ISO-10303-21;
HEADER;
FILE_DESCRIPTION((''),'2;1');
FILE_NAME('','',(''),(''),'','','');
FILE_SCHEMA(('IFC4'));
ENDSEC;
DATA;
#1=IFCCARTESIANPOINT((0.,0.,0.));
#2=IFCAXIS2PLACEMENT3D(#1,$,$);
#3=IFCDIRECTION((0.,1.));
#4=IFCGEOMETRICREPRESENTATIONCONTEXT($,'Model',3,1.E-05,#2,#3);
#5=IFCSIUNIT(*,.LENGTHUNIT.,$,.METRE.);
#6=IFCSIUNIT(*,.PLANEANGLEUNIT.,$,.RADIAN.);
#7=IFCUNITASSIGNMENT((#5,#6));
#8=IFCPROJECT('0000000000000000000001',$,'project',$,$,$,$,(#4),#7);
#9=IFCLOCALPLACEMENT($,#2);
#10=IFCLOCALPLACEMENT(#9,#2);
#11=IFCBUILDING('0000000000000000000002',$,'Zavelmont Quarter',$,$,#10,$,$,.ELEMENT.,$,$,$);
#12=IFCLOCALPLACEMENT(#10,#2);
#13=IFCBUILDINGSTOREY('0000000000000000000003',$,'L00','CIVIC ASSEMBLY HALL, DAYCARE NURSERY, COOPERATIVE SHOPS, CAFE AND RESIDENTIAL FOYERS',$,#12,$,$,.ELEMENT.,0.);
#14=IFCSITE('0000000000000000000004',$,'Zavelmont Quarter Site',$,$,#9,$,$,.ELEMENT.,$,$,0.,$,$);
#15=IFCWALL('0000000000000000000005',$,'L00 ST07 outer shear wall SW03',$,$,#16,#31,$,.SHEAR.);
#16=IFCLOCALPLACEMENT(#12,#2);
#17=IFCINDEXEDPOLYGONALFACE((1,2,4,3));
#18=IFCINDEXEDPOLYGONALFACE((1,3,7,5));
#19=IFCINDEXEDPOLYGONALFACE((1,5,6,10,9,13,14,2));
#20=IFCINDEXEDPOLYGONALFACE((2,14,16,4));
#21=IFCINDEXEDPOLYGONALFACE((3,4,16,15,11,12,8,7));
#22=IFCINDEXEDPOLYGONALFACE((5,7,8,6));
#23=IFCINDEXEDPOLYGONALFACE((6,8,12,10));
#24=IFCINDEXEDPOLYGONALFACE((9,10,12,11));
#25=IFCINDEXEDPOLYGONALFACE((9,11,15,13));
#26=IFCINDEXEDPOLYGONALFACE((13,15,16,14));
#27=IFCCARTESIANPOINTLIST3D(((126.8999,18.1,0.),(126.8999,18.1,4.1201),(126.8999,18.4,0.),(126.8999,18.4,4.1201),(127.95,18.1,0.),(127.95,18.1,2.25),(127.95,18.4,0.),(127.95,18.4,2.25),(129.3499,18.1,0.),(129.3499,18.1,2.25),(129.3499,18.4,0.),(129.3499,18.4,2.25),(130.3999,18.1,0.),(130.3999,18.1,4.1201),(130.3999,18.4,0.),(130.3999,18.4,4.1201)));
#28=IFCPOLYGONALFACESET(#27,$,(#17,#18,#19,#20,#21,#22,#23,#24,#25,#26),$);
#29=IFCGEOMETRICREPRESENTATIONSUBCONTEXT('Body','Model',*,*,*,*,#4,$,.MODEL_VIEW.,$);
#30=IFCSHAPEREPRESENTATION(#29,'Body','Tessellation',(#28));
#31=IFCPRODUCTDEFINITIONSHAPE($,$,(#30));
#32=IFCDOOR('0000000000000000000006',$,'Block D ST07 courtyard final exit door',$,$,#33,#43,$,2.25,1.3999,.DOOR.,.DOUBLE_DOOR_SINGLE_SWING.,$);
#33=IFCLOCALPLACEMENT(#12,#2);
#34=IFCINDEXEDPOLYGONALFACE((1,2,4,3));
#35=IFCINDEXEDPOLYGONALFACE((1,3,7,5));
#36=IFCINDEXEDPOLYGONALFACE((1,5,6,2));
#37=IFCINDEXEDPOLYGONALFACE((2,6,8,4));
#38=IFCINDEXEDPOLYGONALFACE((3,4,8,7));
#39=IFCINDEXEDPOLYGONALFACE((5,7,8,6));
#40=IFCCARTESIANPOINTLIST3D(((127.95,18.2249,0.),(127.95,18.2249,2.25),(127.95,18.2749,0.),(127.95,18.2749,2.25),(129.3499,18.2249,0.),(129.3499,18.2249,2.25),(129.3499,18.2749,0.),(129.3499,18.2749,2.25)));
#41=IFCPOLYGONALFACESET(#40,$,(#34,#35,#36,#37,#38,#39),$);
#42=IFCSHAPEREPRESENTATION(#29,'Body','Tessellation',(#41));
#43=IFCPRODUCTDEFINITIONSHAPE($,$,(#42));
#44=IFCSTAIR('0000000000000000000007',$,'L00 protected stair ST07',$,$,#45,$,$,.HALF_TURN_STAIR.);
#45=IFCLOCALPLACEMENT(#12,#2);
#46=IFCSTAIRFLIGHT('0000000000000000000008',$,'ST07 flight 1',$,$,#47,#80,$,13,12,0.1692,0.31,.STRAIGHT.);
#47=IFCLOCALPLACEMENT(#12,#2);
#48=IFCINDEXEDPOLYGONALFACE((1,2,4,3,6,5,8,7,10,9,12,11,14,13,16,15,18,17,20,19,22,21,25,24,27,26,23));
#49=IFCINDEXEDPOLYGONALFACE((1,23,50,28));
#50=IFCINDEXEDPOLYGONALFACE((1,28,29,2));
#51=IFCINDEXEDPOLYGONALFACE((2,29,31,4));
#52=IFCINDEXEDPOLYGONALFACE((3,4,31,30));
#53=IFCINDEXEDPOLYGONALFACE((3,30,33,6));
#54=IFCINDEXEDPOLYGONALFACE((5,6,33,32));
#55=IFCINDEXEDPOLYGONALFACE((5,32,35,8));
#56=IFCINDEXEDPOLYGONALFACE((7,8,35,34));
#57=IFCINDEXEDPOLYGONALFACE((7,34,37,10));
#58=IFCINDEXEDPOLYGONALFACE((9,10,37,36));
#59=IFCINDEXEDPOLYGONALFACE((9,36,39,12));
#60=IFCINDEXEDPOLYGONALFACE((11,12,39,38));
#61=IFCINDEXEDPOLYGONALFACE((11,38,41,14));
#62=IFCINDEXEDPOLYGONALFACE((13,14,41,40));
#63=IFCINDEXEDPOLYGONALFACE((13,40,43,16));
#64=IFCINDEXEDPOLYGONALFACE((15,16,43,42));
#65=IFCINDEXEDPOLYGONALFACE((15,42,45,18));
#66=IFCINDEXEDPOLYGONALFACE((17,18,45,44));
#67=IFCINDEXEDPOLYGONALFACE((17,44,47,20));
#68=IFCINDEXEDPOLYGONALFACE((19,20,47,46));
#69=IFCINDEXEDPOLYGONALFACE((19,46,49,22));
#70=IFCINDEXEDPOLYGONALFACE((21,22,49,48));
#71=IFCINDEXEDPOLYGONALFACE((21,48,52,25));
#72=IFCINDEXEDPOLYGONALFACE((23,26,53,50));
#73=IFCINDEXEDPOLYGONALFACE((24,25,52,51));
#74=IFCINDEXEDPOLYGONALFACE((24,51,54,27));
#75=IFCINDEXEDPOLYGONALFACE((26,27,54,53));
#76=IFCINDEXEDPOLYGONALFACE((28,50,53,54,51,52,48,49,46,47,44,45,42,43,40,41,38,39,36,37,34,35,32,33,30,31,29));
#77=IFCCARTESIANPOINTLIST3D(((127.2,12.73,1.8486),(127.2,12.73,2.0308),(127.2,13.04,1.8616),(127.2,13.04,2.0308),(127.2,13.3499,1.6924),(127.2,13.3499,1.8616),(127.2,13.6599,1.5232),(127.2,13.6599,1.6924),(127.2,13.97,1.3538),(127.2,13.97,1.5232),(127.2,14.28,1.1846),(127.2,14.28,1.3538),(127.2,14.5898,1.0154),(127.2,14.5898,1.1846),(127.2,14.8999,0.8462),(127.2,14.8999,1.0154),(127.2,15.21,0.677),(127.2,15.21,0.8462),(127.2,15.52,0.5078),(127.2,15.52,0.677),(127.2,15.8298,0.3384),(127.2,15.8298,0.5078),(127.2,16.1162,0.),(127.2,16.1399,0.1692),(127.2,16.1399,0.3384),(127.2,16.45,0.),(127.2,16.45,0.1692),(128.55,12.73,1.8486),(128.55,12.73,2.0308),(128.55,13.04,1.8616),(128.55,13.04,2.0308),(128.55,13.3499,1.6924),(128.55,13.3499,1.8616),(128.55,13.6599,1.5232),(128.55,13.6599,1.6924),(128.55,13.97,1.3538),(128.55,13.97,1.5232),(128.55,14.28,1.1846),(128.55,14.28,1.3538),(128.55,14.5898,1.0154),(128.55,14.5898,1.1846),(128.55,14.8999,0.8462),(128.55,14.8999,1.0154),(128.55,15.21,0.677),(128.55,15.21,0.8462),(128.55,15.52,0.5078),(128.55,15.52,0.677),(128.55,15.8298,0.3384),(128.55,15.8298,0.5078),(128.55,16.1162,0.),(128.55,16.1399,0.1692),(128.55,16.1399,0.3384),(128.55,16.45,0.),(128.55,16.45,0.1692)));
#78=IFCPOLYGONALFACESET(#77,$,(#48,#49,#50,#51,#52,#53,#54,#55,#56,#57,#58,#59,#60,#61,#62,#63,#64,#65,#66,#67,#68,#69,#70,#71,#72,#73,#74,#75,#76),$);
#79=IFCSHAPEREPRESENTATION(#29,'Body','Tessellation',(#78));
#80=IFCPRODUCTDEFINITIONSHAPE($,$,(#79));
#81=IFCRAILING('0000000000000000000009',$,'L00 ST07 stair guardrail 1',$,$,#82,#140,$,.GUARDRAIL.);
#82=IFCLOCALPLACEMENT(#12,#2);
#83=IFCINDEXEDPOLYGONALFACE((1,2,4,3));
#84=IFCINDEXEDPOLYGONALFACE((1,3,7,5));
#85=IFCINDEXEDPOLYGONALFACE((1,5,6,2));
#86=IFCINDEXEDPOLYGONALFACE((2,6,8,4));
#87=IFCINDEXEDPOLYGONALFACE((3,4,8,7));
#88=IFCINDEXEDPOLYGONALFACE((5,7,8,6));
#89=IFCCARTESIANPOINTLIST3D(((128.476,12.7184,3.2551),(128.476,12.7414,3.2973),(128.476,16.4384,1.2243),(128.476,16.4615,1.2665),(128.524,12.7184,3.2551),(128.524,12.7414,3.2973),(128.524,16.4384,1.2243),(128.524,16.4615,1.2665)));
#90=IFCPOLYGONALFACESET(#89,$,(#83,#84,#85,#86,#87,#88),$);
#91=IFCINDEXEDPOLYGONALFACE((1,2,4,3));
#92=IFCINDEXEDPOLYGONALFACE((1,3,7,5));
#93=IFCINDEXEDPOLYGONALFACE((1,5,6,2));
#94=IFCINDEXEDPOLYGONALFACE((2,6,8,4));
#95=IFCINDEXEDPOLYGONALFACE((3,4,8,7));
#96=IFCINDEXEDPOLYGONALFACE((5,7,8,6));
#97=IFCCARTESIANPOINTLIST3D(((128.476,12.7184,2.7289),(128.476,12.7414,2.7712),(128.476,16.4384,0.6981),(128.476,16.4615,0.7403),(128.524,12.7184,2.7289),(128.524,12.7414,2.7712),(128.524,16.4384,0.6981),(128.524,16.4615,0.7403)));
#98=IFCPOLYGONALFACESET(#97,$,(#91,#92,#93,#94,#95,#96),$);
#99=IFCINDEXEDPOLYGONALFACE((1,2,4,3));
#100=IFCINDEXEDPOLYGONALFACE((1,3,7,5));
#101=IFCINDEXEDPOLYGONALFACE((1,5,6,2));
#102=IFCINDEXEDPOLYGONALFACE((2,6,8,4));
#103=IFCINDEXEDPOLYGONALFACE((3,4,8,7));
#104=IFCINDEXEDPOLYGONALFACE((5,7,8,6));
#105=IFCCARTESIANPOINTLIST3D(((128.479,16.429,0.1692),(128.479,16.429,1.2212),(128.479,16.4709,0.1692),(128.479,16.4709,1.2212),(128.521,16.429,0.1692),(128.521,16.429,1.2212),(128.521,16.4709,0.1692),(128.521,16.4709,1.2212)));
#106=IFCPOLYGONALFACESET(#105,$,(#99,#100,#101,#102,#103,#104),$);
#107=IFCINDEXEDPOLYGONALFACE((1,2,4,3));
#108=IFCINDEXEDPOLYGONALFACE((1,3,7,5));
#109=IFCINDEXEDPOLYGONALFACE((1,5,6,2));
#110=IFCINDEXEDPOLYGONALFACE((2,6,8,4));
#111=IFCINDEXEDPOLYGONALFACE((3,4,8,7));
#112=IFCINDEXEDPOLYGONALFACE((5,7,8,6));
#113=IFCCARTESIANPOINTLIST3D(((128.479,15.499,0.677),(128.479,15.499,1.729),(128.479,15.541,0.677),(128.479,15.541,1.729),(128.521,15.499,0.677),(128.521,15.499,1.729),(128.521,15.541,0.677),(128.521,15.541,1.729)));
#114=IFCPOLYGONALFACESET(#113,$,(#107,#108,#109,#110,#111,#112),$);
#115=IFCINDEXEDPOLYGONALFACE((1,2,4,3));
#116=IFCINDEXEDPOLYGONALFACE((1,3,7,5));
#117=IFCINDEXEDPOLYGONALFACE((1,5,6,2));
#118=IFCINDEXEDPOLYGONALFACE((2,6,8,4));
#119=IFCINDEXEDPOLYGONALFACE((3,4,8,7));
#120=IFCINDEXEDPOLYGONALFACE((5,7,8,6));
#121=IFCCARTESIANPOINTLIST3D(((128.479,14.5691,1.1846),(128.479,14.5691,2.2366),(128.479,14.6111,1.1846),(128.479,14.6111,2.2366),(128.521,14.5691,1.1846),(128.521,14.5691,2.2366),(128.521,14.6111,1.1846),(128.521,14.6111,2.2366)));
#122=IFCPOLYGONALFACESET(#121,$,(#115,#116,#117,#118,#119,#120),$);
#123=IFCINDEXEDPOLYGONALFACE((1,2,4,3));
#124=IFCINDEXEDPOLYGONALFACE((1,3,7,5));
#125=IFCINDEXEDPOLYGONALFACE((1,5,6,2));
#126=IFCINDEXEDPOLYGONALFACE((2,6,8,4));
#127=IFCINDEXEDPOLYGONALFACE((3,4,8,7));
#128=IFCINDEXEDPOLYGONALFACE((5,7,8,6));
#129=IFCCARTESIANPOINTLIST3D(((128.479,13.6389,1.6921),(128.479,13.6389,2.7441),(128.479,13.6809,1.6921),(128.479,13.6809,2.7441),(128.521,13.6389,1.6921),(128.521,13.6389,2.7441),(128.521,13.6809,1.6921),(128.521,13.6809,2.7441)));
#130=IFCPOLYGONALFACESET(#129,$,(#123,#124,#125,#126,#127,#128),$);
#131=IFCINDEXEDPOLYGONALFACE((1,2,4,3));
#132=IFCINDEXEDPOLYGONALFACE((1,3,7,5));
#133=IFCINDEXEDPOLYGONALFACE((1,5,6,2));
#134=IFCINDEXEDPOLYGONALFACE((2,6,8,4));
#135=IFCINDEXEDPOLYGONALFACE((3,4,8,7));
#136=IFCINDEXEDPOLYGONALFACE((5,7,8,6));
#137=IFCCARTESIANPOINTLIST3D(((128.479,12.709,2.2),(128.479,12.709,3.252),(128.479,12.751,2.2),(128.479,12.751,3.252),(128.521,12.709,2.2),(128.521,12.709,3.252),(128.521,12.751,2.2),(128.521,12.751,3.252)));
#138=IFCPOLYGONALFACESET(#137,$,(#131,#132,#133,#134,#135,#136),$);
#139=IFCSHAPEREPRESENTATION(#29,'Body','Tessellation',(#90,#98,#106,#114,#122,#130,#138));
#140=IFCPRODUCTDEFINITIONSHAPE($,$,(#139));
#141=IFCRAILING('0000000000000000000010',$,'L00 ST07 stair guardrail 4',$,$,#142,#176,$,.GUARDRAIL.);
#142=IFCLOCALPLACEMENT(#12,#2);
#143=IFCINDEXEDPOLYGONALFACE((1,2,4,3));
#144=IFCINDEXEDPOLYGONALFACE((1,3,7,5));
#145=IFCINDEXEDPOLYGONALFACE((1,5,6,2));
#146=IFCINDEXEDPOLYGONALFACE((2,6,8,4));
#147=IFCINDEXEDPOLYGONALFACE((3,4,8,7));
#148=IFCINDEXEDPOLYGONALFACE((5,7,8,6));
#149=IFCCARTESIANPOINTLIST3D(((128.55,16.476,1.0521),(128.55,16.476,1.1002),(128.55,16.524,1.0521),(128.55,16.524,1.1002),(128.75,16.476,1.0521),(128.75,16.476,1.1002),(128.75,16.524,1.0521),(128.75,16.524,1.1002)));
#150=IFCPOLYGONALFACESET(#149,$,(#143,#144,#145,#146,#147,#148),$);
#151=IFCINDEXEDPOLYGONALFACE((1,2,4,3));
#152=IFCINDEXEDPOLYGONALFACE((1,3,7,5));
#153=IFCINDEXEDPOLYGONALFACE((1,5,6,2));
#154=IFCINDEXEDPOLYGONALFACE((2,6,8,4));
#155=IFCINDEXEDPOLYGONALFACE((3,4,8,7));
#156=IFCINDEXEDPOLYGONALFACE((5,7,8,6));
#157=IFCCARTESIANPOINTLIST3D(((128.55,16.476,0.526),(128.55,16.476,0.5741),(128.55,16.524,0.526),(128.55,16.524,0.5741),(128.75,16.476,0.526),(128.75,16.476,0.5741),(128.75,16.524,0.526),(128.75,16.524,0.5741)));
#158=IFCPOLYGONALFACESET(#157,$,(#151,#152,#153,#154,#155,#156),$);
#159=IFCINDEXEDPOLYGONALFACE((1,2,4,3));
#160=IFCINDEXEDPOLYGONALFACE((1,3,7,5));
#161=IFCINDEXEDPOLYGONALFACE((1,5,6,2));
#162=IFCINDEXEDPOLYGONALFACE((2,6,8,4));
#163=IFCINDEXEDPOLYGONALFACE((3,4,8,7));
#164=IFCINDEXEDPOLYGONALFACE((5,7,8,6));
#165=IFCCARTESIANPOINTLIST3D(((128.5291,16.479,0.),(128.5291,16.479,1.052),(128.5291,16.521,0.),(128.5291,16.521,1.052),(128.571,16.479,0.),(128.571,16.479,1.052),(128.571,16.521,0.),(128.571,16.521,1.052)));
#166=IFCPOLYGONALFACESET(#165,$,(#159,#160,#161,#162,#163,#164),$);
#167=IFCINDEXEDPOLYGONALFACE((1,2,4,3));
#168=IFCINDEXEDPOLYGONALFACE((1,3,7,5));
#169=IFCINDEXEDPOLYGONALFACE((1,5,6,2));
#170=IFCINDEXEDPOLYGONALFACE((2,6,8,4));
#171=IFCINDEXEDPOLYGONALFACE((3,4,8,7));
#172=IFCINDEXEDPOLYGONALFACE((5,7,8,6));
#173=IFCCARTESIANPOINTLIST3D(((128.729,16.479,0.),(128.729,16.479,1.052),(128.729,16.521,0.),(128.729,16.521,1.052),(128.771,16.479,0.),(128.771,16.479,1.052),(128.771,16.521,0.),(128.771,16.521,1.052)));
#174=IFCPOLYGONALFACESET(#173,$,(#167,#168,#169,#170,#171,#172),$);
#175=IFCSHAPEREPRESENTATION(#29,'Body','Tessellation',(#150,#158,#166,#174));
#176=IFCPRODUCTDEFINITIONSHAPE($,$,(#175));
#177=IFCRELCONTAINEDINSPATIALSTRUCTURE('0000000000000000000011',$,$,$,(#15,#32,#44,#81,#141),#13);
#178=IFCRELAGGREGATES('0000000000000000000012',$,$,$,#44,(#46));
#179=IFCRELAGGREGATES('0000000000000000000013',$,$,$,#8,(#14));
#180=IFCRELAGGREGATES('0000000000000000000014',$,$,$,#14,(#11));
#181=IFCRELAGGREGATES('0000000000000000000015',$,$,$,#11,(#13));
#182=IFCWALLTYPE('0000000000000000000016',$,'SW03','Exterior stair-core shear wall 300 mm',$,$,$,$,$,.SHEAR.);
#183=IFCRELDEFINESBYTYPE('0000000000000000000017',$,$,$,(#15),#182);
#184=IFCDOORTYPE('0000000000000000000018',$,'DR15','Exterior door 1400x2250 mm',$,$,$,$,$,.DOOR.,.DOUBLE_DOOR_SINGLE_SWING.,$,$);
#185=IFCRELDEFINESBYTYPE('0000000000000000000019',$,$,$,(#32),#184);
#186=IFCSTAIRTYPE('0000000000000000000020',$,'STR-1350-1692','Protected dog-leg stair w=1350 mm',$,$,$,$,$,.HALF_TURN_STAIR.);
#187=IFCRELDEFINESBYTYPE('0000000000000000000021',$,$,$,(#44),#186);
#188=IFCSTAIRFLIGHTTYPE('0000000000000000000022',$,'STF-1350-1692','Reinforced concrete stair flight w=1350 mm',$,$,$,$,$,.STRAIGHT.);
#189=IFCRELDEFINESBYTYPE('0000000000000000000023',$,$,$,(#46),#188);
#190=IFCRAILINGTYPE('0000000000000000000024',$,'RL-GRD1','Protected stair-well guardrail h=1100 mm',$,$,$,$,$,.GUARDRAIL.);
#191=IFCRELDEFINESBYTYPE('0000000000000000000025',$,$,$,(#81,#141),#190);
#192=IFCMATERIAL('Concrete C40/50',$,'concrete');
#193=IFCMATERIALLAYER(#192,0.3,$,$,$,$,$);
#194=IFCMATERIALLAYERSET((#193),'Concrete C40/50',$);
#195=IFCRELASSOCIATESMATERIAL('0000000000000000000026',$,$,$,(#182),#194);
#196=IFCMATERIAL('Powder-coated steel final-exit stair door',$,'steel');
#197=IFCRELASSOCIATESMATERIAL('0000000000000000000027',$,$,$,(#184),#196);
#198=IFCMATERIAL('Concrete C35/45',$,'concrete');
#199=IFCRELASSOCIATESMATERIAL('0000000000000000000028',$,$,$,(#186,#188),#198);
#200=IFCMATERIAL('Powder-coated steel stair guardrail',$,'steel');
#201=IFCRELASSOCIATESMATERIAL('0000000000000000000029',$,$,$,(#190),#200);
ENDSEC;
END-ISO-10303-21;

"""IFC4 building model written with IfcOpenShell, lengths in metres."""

from ifc_helpers import new_model, si_unit, direction, frame, frame_2d, origin, origin_with_axes, origin_2d, place, context, subcontext, project, spatial, polyline, rectangle, outline, extrude, material, layer, layer_set, type_object, element, fill, aggregate, save


model = new_model("IFC4")

# Units and contexts
model_context = context("Model", 3, precision=1e-05, world=origin(), true_north=direction((0.0, 1.0)))
body_context = subcontext(model_context, "Body", "Model", "MODEL_VIEW")
ifc_project = project(units=[si_unit("LENGTHUNIT", "METRE"), si_unit("PLANEANGLEUNIT", "RADIAN")], contexts=[model_context])

# Site, building, storey
site_placement = place(None, origin())
site = spatial("IfcSite", under=ifc_project, at=site_placement, Name="Zavelmont Quarter Site", CompositionType="ELEMENT", RefElevation=0.0)
building_placement = place(site_placement, origin())
building = spatial("IfcBuilding", under=site, at=building_placement, Name="Zavelmont Quarter", CompositionType="ELEMENT")
storey_placement = place(building_placement, origin())
storey = spatial("IfcBuildingStorey", under=building, at=storey_placement, Name="L00", Description="CIVIC ASSEMBLY HALL, DAYCARE NURSERY, COOPERATIVE SHOPS, CAFE AND RESIDENTIAL FOYERS", CompositionType="ELEMENT", Elevation=0.0)

# Shared definitions
ifc_material_1 = material(Name="Concrete C40/50", Category="concrete")

# Shared definitions
ifc_material_2 = material(Name="Concrete C35/45", Category="concrete")

# Wall, opening, door
ifc_layer_1 = layer(ifc_material_1, 0.3)
ifc_layer_set_1 = layer_set([ifc_layer_1], Name="Concrete C40/50")
wall_type_1 = type_object("IfcWallType", Name="SW03", Description="Exterior stair-core shear wall 300 mm", PredefinedType="SHEAR", material=ifc_layer_set_1)
wall_1_placement = place(storey_placement, frame((126.8999, 18.25, 0.0), z_axis=(0.0, 0.0, 1.0), x_axis=(1.0, 0.0, 0.0)))
wall_1 = element("IfcWall", 1, at=wall_1_placement, inside=storey, type_object=wall_type_1, Name="L00 ST07 outer shear wall SW03", PredefinedType="SHEAR", context=body_context, shape_type="SweptSolid", body=[
    extrude(rectangle(XDim=3.5, YDim=0.3, at=frame_2d((1.75, 0.0))), origin(), (0.0, 0.0, 1.0), 4.1201),
])
opening_placement = place(wall_1_placement, frame((1.05, 0.0, 0.0)))
opening = element("IfcOpeningElement", 2, at=opening_placement, cuts=wall_1, PredefinedType="OPENING", context=body_context, shape_type="SweptSolid", body=[
    extrude(rectangle(XDim=1.3999, YDim=2.25, at=frame_2d((0.7, 1.125))), frame((0.0, 0.1621, 0.0), z_axis=(0.0, -1.0, 0.0), x_axis=(1.0, 0.0, 0.0)), (0.0, 0.0, 1.0), 0.324),
])
ifc_material_3 = material(Name="Powder-coated steel final-exit stair door", Category="steel")
door_type = type_object("IfcDoorType", Name="DR15", Description="Exterior door 1400x2250 mm", OperationType="DOUBLE_DOOR_SINGLE_SWING", PredefinedType="DOOR", material=ifc_material_3)
door_placement = place(opening_placement, origin_with_axes())
door = element("IfcDoor", 3, at=door_placement, inside=storey, type_object=door_type, Name="Block D ST07 courtyard final exit door", OperationType="DOUBLE_DOOR_SINGLE_SWING", OverallHeight=2.25, OverallWidth=1.3999, PredefinedType="DOOR", context=body_context, shape_type="SweptSolid", body=[
    extrude(rectangle(XDim=1.3999, YDim=2.25, at=frame_2d((0.7, 1.125))), frame((0.0, 0.0249, 0.0), z_axis=(0.0, -1.0, 0.0), x_axis=(1.0, 0.0, 0.0)), (0.0, 0.0, 1.0), 0.05),
])
fill(opening, door)

# Stair, stair flight
stair_type = type_object("IfcStairType", Name="STR-1350-1692", Description="Protected dog-leg stair w=1350 mm", PredefinedType="HALF_TURN_STAIR", material=ifc_material_2)
stair_placement = place(storey_placement, origin())
stair = element("IfcStair", 4, at=stair_placement, inside=storey, type_object=stair_type, Name="L00 protected stair ST07", PredefinedType="HALF_TURN_STAIR")
stair_flight_type = type_object("IfcStairFlightType", Name="STF-1350-1692", Description="Reinforced concrete stair flight w=1350 mm", PredefinedType="STRAIGHT", material=ifc_material_2)
stair_flight_placement = place(storey_placement, frame((127.875, 16.45, 0.0), z_axis=(0.0, 0.0, 1.0), x_axis=(0.0, -1.0, 0.0)))
stair_flight = element("IfcStairFlight", 5, at=stair_flight_placement, type_object=stair_flight_type, Name="ST07 flight 1", NumberOfRisers=13, NumberOfTreads=12, PredefinedType="STRAIGHT", RiserHeight=0.1692, TreadLength=0.31, context=body_context, shape_type="SweptSolid", body=[
    extrude(outline(polyline([(0.0, 0.0), (0.0, 0.1692), (0.3101, 0.1692), (0.3101, 0.3384), (0.6201, 0.3384), (0.6201, 0.5078), (0.9299, 0.5078), (0.9299, 0.677), (1.24, 0.677), (1.24, 0.8462), (1.55, 0.8462), (1.55, 1.0154), (1.8601, 1.0154), (1.8601, 1.1846), (2.1699, 1.1846), (2.1699, 1.3538), (2.48, 1.3538), (2.48, 1.5232), (2.79, 1.5232), (2.79, 1.6924), (3.1001, 1.6924), (3.1001, 1.8616), (3.4099, 1.8616), (3.4099, 2.0308), (3.72, 2.0308), (3.72, 2.2), (3.72, 1.8486), (0.3337, 0.0), (0.0, 0.0)])), frame((0.0, 0.675, 0.0), z_axis=(0.0, -1.0, 0.0), x_axis=(1.0, 0.0, 0.0)), (0.0, 0.0, 1.0), 1.3501),
])
aggregate(stair, [stair_flight])

# Railings
ifc_material_4 = material(Name="Powder-coated steel stair guardrail", Category="steel")
railing_type_1 = type_object("IfcRailingType", Name="RL-GRD1", Description="Protected stair-well guardrail h=1100 mm", PredefinedType="GUARDRAIL", material=ifc_material_4)
railing_1_placement = place(storey_placement, frame((128.5, 16.45, 0.1692)))
element("IfcRailing", 6, at=railing_1_placement, inside=storey, type_object=railing_type_1, Name="L00 ST07 stair guardrail 1", PredefinedType="GUARDRAIL", context=body_context, shape_type="SweptSolid", body=[
    extrude(rectangle(XDim=0.0481, YDim=0.0481, at=origin_2d()), frame((0.0, 0.0, 1.0762), z_axis=(0.0, -0.877728, 0.479159), x_axis=(1.0, 0.0, 0.0)), (0.0, 0.0, 1.0), 4.2383),
    extrude(rectangle(XDim=0.0481, YDim=0.0481, at=origin_2d()), frame((0.0, 0.0, 0.55), z_axis=(0.0, -0.877728, 0.479159), x_axis=(1.0, 0.0, 0.0)), (0.0, 0.0, 1.0), 4.2383),
    extrude(rectangle(XDim=0.042, YDim=0.042, at=origin_2d()), origin(), (0.0, 0.0, 1.0), 1.052),
    extrude(rectangle(XDim=0.042, YDim=0.042, at=origin_2d()), frame((0.0, -0.9299, 0.5078)), (0.0, 0.0, 1.0), 1.052),
    extrude(rectangle(XDim=0.042, YDim=0.042, at=origin_2d()), frame((0.0, -1.8599, 1.0154)), (0.0, 0.0, 1.0), 1.052),
    extrude(rectangle(XDim=0.042, YDim=0.042, at=origin_2d()), frame((0.0, -2.79, 1.5229)), (0.0, 0.0, 1.0), 1.052),
    extrude(rectangle(XDim=0.042, YDim=0.042, at=origin_2d()), frame((0.0, -3.72, 2.0308)), (0.0, 0.0, 1.0), 1.052),
])
railing_2_placement = place(storey_placement, frame((128.55, 16.5, 0.0)))
element("IfcRailing", 7, at=railing_2_placement, inside=storey, type_object=railing_type_1, Name="L00 ST07 stair guardrail 4", PredefinedType="GUARDRAIL", context=body_context, shape_type="SweptSolid", body=[
    extrude(rectangle(XDim=0.0481, YDim=0.0481, at=origin_2d()), frame((0.0, 0.0, 1.0762), z_axis=(1.0, 0.0, 0.0), x_axis=(0.0, 1.0, 0.0)), (0.0, 0.0, 1.0), 0.2),
    extrude(rectangle(XDim=0.0481, YDim=0.0481, at=origin_2d()), frame((0.0, 0.0, 0.55), z_axis=(1.0, 0.0, 0.0), x_axis=(0.0, 1.0, 0.0)), (0.0, 0.0, 1.0), 0.2),
    extrude(rectangle(XDim=0.042, YDim=0.042, at=origin_2d()), origin(), (0.0, 0.0, 1.0), 1.052),
    extrude(rectangle(XDim=0.042, YDim=0.042, at=origin_2d()), frame((0.2, 0.0, 0.0)), (0.0, 0.0, 1.0), 1.052),
])

save(model, "model.ifc")
